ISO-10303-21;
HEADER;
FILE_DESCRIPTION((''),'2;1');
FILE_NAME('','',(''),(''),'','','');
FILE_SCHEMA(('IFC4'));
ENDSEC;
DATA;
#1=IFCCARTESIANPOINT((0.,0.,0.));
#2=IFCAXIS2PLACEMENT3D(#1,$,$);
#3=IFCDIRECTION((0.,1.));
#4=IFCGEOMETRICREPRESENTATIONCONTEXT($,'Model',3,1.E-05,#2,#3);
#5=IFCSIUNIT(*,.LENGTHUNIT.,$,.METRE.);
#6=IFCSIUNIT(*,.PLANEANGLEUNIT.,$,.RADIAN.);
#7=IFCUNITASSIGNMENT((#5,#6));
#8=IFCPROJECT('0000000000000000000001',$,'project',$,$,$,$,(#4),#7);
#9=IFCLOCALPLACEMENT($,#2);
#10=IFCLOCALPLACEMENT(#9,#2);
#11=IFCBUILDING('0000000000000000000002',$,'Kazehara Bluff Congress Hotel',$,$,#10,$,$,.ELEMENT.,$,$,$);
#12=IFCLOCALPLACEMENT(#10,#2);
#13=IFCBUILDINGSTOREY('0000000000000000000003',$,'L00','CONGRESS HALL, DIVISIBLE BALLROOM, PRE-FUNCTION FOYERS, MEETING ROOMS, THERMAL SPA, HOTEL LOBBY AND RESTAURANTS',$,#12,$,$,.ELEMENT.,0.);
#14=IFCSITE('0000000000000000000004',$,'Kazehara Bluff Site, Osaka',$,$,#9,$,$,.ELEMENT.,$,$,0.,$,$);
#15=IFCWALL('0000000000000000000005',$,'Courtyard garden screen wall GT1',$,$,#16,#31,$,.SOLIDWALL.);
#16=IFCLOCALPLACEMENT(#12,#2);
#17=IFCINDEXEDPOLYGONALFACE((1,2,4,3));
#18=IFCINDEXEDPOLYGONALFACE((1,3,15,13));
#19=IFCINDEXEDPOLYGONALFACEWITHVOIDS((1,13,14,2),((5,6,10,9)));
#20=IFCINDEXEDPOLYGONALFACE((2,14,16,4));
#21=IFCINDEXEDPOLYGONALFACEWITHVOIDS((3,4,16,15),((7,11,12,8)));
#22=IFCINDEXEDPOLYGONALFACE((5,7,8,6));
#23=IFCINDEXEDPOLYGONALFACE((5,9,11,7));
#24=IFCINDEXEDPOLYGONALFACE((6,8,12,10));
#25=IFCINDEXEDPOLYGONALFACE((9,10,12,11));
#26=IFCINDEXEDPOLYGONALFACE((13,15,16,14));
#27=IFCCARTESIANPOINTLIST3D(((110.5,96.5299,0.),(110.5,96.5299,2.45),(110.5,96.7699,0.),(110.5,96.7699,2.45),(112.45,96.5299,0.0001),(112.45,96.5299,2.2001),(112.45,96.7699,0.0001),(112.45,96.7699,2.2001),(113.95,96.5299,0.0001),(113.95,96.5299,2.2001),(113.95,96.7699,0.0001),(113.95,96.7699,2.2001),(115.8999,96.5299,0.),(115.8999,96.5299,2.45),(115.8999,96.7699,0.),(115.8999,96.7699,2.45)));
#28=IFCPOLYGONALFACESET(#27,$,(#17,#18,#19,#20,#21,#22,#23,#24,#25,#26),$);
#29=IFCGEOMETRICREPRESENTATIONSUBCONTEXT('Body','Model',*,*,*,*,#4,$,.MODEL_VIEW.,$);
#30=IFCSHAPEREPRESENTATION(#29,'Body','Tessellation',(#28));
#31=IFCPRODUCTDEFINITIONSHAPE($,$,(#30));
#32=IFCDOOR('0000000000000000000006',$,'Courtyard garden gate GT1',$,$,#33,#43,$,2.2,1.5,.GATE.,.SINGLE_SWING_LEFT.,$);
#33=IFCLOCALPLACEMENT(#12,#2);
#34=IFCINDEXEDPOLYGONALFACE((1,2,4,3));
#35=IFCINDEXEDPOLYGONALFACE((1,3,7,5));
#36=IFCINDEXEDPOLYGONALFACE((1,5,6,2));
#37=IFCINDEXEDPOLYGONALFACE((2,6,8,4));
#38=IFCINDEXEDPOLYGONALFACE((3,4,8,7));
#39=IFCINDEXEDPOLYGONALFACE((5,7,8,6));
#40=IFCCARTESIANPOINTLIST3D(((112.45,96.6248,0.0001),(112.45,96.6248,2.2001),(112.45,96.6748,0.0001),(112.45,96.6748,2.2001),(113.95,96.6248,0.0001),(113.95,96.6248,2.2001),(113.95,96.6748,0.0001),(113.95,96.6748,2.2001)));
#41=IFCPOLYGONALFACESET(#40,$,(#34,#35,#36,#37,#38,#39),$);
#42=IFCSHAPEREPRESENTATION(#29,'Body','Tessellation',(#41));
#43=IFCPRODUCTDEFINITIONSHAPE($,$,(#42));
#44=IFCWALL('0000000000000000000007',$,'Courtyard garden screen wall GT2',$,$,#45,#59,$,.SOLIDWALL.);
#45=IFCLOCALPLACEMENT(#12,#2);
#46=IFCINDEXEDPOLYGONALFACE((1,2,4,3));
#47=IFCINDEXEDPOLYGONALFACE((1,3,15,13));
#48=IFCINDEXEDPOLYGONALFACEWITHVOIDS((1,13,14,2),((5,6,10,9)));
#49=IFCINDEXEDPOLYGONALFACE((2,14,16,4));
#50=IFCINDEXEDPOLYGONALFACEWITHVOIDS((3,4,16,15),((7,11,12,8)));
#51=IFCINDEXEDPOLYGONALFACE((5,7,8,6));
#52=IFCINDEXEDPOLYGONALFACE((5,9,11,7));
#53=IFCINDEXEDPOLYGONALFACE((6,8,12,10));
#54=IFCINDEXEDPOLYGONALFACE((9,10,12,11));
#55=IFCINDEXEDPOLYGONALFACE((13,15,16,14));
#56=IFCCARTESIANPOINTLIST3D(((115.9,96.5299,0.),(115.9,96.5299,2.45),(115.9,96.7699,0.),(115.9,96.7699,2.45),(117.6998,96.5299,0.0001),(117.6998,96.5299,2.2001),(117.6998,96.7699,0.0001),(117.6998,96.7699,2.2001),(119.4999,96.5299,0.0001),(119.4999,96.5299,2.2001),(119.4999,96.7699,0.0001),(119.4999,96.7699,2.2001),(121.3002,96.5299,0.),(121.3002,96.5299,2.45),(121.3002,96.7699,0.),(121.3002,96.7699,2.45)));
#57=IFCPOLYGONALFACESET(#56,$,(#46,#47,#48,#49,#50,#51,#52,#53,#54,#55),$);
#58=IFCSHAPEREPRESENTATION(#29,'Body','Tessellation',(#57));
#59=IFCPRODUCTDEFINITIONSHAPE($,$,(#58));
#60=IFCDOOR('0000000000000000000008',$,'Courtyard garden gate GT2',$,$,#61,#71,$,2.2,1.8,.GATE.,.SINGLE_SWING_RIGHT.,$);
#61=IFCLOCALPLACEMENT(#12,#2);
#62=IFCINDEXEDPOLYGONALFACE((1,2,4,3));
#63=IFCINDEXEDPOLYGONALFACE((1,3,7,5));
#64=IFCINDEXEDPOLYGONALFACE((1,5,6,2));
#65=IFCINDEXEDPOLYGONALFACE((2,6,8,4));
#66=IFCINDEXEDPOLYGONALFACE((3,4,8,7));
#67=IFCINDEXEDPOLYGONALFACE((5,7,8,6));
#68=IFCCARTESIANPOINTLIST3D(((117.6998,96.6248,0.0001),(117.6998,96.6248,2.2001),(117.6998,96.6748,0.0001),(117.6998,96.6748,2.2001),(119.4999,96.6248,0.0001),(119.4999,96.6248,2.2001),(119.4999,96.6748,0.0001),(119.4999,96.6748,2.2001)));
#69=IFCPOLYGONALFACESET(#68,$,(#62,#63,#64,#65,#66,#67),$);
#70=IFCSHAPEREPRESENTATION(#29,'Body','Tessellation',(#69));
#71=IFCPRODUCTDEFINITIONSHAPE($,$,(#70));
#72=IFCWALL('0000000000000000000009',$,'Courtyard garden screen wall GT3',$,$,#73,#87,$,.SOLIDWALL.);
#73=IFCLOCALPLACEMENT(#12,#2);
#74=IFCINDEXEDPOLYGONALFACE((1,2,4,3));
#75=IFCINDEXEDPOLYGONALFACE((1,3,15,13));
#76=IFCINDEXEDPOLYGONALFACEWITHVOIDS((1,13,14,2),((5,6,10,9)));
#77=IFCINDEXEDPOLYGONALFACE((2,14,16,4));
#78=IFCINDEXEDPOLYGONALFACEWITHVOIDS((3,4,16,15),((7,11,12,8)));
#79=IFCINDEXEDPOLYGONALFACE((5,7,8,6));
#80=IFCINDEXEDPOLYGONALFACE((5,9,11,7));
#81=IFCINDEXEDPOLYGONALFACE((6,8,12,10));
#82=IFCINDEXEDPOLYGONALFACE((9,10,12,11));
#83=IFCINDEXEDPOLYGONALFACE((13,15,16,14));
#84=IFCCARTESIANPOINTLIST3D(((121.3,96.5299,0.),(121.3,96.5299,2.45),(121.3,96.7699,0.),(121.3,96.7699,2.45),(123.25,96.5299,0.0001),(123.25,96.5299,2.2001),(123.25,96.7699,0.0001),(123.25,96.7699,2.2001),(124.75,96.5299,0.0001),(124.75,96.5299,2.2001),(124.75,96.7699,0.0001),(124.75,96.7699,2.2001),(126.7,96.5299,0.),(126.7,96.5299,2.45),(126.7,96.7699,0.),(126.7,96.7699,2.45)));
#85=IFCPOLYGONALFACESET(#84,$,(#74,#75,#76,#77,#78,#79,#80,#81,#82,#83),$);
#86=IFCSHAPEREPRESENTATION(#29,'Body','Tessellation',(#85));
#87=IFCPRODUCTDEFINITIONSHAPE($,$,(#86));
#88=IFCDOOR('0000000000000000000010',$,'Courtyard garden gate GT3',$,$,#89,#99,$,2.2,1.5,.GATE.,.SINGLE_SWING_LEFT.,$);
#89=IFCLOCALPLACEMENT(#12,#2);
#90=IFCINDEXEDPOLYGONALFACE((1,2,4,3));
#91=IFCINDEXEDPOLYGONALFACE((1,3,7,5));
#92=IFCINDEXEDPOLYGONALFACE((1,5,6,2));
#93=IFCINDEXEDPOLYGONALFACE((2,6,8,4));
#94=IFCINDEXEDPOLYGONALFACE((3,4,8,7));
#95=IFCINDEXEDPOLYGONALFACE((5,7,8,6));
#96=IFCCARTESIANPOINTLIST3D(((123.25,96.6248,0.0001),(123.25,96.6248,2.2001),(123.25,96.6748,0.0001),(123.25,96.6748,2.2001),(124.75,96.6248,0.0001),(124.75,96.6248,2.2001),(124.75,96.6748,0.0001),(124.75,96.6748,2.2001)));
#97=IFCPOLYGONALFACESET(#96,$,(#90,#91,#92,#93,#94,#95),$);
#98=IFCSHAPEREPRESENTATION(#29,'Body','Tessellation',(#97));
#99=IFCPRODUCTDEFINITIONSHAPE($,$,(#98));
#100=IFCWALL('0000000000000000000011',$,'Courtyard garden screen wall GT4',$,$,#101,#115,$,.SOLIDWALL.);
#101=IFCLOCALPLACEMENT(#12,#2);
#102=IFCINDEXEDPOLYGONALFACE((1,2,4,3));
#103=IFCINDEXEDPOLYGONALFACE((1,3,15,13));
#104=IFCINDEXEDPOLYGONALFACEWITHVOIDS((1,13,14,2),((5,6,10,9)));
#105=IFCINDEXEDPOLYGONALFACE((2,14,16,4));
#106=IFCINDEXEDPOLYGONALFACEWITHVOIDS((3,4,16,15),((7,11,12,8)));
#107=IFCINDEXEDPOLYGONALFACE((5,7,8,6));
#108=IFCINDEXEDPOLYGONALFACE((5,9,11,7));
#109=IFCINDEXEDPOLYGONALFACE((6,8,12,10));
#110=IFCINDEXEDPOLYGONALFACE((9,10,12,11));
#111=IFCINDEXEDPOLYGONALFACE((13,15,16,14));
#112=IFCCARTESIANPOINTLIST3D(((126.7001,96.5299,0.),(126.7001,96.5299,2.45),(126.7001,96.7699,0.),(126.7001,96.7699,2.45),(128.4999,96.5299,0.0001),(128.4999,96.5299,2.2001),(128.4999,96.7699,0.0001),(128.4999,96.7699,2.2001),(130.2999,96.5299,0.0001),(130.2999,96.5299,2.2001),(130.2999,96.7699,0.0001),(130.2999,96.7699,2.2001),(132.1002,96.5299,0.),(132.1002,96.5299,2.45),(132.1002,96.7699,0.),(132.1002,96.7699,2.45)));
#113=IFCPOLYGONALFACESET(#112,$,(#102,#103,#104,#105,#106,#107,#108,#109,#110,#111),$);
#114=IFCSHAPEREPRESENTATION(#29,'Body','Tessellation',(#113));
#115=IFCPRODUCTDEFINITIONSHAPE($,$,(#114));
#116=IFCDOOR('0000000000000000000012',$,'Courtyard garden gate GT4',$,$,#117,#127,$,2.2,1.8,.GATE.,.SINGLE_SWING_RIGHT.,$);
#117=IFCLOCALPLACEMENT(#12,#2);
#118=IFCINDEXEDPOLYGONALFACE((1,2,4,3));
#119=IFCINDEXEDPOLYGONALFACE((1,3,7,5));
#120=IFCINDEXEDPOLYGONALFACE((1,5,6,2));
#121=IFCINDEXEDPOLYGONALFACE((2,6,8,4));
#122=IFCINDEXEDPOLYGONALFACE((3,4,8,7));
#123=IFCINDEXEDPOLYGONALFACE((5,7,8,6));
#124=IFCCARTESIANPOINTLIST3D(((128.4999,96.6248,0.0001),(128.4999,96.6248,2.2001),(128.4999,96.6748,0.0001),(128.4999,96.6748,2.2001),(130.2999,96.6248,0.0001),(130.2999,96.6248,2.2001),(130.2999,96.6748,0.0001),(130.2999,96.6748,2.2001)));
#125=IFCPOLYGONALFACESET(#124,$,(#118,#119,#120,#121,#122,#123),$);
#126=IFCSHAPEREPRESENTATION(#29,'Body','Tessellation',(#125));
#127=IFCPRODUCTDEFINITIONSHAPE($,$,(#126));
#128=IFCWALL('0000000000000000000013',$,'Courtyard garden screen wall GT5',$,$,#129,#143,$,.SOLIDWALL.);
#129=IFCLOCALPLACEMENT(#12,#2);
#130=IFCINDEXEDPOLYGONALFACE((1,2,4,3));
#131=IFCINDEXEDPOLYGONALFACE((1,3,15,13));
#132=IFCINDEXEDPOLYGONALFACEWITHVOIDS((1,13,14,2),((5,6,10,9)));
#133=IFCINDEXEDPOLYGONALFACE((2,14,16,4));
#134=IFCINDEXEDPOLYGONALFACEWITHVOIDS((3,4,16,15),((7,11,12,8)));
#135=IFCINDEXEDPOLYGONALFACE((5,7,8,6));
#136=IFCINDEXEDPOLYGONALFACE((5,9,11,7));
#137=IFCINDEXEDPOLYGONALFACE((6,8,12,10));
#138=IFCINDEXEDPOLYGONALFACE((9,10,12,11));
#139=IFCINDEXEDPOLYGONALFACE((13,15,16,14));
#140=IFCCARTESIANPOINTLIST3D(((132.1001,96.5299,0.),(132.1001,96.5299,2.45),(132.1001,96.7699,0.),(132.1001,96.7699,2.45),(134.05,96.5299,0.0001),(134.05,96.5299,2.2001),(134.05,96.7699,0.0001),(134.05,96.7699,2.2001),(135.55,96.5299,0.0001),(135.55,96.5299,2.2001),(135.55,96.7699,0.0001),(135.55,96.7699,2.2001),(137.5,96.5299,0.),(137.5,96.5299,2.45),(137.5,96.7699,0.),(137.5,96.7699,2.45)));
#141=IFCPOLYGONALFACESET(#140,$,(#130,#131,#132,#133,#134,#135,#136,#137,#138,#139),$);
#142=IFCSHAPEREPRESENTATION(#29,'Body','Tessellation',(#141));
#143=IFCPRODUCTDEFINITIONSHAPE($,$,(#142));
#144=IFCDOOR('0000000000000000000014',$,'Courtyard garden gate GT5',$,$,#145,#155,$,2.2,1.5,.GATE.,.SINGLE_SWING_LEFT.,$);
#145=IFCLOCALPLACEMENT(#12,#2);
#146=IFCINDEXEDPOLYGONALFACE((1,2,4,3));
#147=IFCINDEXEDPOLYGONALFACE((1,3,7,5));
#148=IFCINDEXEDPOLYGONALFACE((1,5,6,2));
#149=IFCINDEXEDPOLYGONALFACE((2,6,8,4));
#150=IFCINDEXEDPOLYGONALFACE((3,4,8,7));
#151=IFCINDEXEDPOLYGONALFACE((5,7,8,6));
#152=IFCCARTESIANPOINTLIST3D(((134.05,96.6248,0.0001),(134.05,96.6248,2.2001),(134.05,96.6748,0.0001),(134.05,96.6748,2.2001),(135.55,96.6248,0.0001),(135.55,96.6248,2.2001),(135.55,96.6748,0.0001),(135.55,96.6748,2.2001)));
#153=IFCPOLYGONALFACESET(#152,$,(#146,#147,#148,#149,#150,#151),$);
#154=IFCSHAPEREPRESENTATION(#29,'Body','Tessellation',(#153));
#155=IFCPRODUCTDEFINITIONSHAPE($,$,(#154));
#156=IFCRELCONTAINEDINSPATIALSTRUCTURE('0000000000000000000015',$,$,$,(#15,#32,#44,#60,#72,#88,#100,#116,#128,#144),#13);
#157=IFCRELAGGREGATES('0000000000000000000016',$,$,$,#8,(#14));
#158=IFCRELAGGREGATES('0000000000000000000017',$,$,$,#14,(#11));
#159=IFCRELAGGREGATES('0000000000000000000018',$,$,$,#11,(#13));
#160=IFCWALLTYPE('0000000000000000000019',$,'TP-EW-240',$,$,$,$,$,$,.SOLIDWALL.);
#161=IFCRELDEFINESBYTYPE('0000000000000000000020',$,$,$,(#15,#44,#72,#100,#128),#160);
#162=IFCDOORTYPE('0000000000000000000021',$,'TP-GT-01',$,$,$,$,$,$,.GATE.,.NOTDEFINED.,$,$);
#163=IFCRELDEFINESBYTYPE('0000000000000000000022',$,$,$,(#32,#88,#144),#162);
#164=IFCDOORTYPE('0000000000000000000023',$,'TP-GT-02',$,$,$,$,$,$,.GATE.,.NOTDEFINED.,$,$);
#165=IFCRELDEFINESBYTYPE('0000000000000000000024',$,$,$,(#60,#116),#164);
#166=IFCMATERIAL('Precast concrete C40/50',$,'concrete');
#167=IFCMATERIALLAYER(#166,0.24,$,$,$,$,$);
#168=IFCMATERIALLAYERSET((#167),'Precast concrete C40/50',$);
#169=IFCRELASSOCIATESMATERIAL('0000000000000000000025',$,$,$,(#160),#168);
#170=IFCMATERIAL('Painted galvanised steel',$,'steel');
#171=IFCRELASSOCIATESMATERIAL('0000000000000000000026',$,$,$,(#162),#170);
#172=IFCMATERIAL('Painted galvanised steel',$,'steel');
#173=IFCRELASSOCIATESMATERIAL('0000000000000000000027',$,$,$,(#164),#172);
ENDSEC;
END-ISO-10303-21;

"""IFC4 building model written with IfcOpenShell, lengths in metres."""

from ifc_helpers import new_model, si_unit, direction, frame, frame_2d, origin, place, context, subcontext, project, spatial, rectangle, extrude, material, layer, layer_set, type_object, element, fill, save


model = new_model("IFC4")

# Units and contexts
model_context = context("Model", 3, precision=1e-05, world=origin(), true_north=direction((0.0, 1.0)))
body_context = subcontext(model_context, "Body", "Model", "MODEL_VIEW")
ifc_project = project(units=[si_unit("LENGTHUNIT", "METRE"), si_unit("PLANEANGLEUNIT", "RADIAN")], contexts=[model_context])

# Site, building, storey
site_placement = place(None, origin())
site = spatial("IfcSite", under=ifc_project, at=site_placement, Name="Kazehara Bluff Site, Osaka", CompositionType="ELEMENT", RefElevation=0.0)
building_placement = place(site_placement, origin())
building = spatial("IfcBuilding", under=site, at=building_placement, Name="Kazehara Bluff Congress Hotel", CompositionType="ELEMENT")
storey_placement = place(building_placement, origin())
storey = spatial("IfcBuildingStorey", under=building, at=storey_placement, Name="L00", Description="CONGRESS HALL, DIVISIBLE BALLROOM, PRE-FUNCTION FOYERS, MEETING ROOMS, THERMAL SPA, HOTEL LOBBY AND RESTAURANTS", CompositionType="ELEMENT", Elevation=0.0)

# Walls, openings, doors
ifc_material_1 = material(Name="Precast concrete C40/50", Category="concrete")
ifc_layer_1 = layer(ifc_material_1, 0.24)
ifc_layer_set_1 = layer_set([ifc_layer_1], Name="Precast concrete C40/50")
wall_type = type_object("IfcWallType", Name="TP-EW-240", PredefinedType="SOLIDWALL", material=ifc_layer_set_1)
wall_1_placement = place(storey_placement, frame((110.5, 96.6499, 0.0), z_axis=(0.0, 0.0, 1.0), x_axis=(1.0, 0.0, 0.0)))
wall_1 = element("IfcWall", 1, at=wall_1_placement, inside=storey, type_object=wall_type, Name="Courtyard garden screen wall GT1", PredefinedType="SOLIDWALL", context=body_context, shape_type="SweptSolid", body=[
    extrude(rectangle(XDim=5.3999, YDim=0.24, at=frame_2d((2.7, 0.0))), origin(), (0.0, 0.0, 1.0), 2.45),
])
opening_1_placement = place(wall_1_placement, frame((1.95, 0.0, 0.0)))
opening_1 = element("IfcOpeningElement", 2, at=opening_1_placement, cuts=wall_1, PredefinedType="OPENING", context=body_context, shape_type="SweptSolid", body=[
    extrude(rectangle(XDim=1.5, YDim=2.2, at=frame_2d((0.75, 1.1001))), frame((0.0, 0.1299, 0.0), z_axis=(0.0, -1.0, 0.0), x_axis=(1.0, 0.0, 0.0)), (0.0, 0.0, 1.0), 0.26),
])
ifc_material_2 = material(Name="Painted galvanised steel", Category="steel")
door_type_1 = type_object("IfcDoorType", Name="TP-GT-01", OperationType="NOTDEFINED", PredefinedType="GATE", material=ifc_material_2)
door_1_placement = place(opening_1_placement, origin())
door_1 = element("IfcDoor", 3, at=door_1_placement, inside=storey, type_object=door_type_1, Name="Courtyard garden gate GT1", OperationType="SINGLE_SWING_LEFT", OverallHeight=2.2, OverallWidth=1.5, PredefinedType="GATE", context=body_context, shape_type="SweptSolid", body=[
    extrude(rectangle(XDim=1.5, YDim=2.2, at=frame_2d((0.75, 1.1001))), frame((0.0, 0.0249, 0.0), z_axis=(0.0, -1.0, 0.0), x_axis=(1.0, 0.0, 0.0)), (0.0, 0.0, 1.0), 0.05),
])
fill(opening_1, door_1)
wall_2_placement = place(storey_placement, frame((115.8999, 96.6499, 0.0), z_axis=(0.0, 0.0, 1.0), x_axis=(1.0, 0.0, 0.0)))
wall_2 = element("IfcWall", 4, at=wall_2_placement, inside=storey, type_object=wall_type, Name="Courtyard garden screen wall GT2", PredefinedType="SOLIDWALL", context=body_context, shape_type="SweptSolid", body=[
    extrude(rectangle(XDim=5.4001, YDim=0.24, at=frame_2d((2.7002, 0.0))), origin(), (0.0, 0.0, 1.0), 2.45),
])
opening_2_placement = place(wall_2_placement, frame((1.8, 0.0, 0.0)))
opening_2 = element("IfcOpeningElement", 5, at=opening_2_placement, cuts=wall_2, PredefinedType="OPENING", context=body_context, shape_type="SweptSolid", body=[
    extrude(rectangle(XDim=1.8, YDim=2.2, at=frame_2d((0.8999, 1.1001))), frame((0.0, 0.1299, 0.0), z_axis=(0.0, -1.0, 0.0), x_axis=(1.0, 0.0, 0.0)), (0.0, 0.0, 1.0), 0.26),
])
ifc_material_3 = material(Name="Painted galvanised steel", Category="steel")
door_type_2 = type_object("IfcDoorType", Name="TP-GT-02", OperationType="NOTDEFINED", PredefinedType="GATE", material=ifc_material_3)
door_2_placement = place(opening_2_placement, origin())
door_2 = element("IfcDoor", 6, at=door_2_placement, inside=storey, type_object=door_type_2, Name="Courtyard garden gate GT2", OperationType="SINGLE_SWING_RIGHT", OverallHeight=2.2, OverallWidth=1.8, PredefinedType="GATE", context=body_context, shape_type="SweptSolid", body=[
    extrude(rectangle(XDim=1.8, YDim=2.2, at=frame_2d((0.8999, 1.1001))), frame((0.0, 0.0249, 0.0), z_axis=(0.0, -1.0, 0.0), x_axis=(1.0, 0.0, 0.0)), (0.0, 0.0, 1.0), 0.05),
])
fill(opening_2, door_2)
wall_3_placement = place(storey_placement, frame((121.3, 96.6499, 0.0), z_axis=(0.0, 0.0, 1.0), x_axis=(1.0, 0.0, 0.0)))
wall_3 = element("IfcWall", 7, at=wall_3_placement, inside=storey, type_object=wall_type, Name="Courtyard garden screen wall GT3", PredefinedType="SOLIDWALL", context=body_context, shape_type="SweptSolid", body=[
    extrude(rectangle(XDim=5.3999, YDim=0.24, at=frame_2d((2.7, 0.0))), origin(), (0.0, 0.0, 1.0), 2.45),
])
opening_3_placement = place(wall_3_placement, frame((1.95, 0.0, 0.0)))
opening_3 = element("IfcOpeningElement", 8, at=opening_3_placement, cuts=wall_3, PredefinedType="OPENING", context=body_context, shape_type="SweptSolid", body=[
    extrude(rectangle(XDim=1.5, YDim=2.2, at=frame_2d((0.75, 1.1001))), frame((0.0, 0.1299, 0.0), z_axis=(0.0, -1.0, 0.0), x_axis=(1.0, 0.0, 0.0)), (0.0, 0.0, 1.0), 0.26),
])
door_3_placement = place(opening_3_placement, origin())
door_3 = element("IfcDoor", 9, at=door_3_placement, inside=storey, type_object=door_type_1, Name="Courtyard garden gate GT3", OperationType="SINGLE_SWING_LEFT", OverallHeight=2.2, OverallWidth=1.5, PredefinedType="GATE", context=body_context, shape_type="SweptSolid", body=[
    extrude(rectangle(XDim=1.5, YDim=2.2, at=frame_2d((0.75, 1.1001))), frame((0.0, 0.0249, 0.0), z_axis=(0.0, -1.0, 0.0), x_axis=(1.0, 0.0, 0.0)), (0.0, 0.0, 1.0), 0.05),
])
fill(opening_3, door_3)
wall_4_placement = place(storey_placement, frame((126.7, 96.6499, 0.0), z_axis=(0.0, 0.0, 1.0), x_axis=(1.0, 0.0, 0.0)))
wall_4 = element("IfcWall", 10, at=wall_4_placement, inside=storey, type_object=wall_type, Name="Courtyard garden screen wall GT4", PredefinedType="SOLIDWALL", context=body_context, shape_type="SweptSolid", body=[
    extrude(rectangle(XDim=5.4001, YDim=0.24, at=frame_2d((2.7002, 0.0))), origin(), (0.0, 0.0, 1.0), 2.45),
])
opening_4_placement = place(wall_4_placement, frame((1.8, 0.0, 0.0)))
opening_4 = element("IfcOpeningElement", 11, at=opening_4_placement, cuts=wall_4, PredefinedType="OPENING", context=body_context, shape_type="SweptSolid", body=[
    extrude(rectangle(XDim=1.8, YDim=2.2, at=frame_2d((0.8999, 1.1001))), frame((0.0, 0.1299, 0.0), z_axis=(0.0, -1.0, 0.0), x_axis=(1.0, 0.0, 0.0)), (0.0, 0.0, 1.0), 0.26),
])
door_4_placement = place(opening_4_placement, origin())
door_4 = element("IfcDoor", 12, at=door_4_placement, inside=storey, type_object=door_type_2, Name="Courtyard garden gate GT4", OperationType="SINGLE_SWING_RIGHT", OverallHeight=2.2, OverallWidth=1.8, PredefinedType="GATE", context=body_context, shape_type="SweptSolid", body=[
    extrude(rectangle(XDim=1.8, YDim=2.2, at=frame_2d((0.8999, 1.1001))), frame((0.0, 0.0249, 0.0), z_axis=(0.0, -1.0, 0.0), x_axis=(1.0, 0.0, 0.0)), (0.0, 0.0, 1.0), 0.05),
])
fill(opening_4, door_4)
wall_5_placement = place(storey_placement, frame((132.1001, 96.6499, 0.0), z_axis=(0.0, 0.0, 1.0), x_axis=(1.0, 0.0, 0.0)))
wall_5 = element("IfcWall", 13, at=wall_5_placement, inside=storey, type_object=wall_type, Name="Courtyard garden screen wall GT5", PredefinedType="SOLIDWALL", context=body_context, shape_type="SweptSolid", body=[
    extrude(rectangle(XDim=5.3999, YDim=0.24, at=frame_2d((2.7, 0.0))), origin(), (0.0, 0.0, 1.0), 2.45),
])
opening_5_placement = place(wall_5_placement, frame((1.95, 0.0, 0.0)))
opening_5 = element("IfcOpeningElement", 14, at=opening_5_placement, cuts=wall_5, PredefinedType="OPENING", context=body_context, shape_type="SweptSolid", body=[
    extrude(rectangle(XDim=1.5, YDim=2.2, at=frame_2d((0.75, 1.1001))), frame((0.0, 0.1299, 0.0), z_axis=(0.0, -1.0, 0.0), x_axis=(1.0, 0.0, 0.0)), (0.0, 0.0, 1.0), 0.26),
])
door_5_placement = place(opening_5_placement, origin())
door_5 = element("IfcDoor", 15, at=door_5_placement, inside=storey, type_object=door_type_1, Name="Courtyard garden gate GT5", OperationType="SINGLE_SWING_LEFT", OverallHeight=2.2, OverallWidth=1.5, PredefinedType="GATE", context=body_context, shape_type="SweptSolid", body=[
    extrude(rectangle(XDim=1.5, YDim=2.2, at=frame_2d((0.75, 1.1001))), frame((0.0, 0.0249, 0.0), z_axis=(0.0, -1.0, 0.0), x_axis=(1.0, 0.0, 0.0)), (0.0, 0.0, 1.0), 0.05),
])
fill(opening_5, door_5)

save(model, "model.ifc")
